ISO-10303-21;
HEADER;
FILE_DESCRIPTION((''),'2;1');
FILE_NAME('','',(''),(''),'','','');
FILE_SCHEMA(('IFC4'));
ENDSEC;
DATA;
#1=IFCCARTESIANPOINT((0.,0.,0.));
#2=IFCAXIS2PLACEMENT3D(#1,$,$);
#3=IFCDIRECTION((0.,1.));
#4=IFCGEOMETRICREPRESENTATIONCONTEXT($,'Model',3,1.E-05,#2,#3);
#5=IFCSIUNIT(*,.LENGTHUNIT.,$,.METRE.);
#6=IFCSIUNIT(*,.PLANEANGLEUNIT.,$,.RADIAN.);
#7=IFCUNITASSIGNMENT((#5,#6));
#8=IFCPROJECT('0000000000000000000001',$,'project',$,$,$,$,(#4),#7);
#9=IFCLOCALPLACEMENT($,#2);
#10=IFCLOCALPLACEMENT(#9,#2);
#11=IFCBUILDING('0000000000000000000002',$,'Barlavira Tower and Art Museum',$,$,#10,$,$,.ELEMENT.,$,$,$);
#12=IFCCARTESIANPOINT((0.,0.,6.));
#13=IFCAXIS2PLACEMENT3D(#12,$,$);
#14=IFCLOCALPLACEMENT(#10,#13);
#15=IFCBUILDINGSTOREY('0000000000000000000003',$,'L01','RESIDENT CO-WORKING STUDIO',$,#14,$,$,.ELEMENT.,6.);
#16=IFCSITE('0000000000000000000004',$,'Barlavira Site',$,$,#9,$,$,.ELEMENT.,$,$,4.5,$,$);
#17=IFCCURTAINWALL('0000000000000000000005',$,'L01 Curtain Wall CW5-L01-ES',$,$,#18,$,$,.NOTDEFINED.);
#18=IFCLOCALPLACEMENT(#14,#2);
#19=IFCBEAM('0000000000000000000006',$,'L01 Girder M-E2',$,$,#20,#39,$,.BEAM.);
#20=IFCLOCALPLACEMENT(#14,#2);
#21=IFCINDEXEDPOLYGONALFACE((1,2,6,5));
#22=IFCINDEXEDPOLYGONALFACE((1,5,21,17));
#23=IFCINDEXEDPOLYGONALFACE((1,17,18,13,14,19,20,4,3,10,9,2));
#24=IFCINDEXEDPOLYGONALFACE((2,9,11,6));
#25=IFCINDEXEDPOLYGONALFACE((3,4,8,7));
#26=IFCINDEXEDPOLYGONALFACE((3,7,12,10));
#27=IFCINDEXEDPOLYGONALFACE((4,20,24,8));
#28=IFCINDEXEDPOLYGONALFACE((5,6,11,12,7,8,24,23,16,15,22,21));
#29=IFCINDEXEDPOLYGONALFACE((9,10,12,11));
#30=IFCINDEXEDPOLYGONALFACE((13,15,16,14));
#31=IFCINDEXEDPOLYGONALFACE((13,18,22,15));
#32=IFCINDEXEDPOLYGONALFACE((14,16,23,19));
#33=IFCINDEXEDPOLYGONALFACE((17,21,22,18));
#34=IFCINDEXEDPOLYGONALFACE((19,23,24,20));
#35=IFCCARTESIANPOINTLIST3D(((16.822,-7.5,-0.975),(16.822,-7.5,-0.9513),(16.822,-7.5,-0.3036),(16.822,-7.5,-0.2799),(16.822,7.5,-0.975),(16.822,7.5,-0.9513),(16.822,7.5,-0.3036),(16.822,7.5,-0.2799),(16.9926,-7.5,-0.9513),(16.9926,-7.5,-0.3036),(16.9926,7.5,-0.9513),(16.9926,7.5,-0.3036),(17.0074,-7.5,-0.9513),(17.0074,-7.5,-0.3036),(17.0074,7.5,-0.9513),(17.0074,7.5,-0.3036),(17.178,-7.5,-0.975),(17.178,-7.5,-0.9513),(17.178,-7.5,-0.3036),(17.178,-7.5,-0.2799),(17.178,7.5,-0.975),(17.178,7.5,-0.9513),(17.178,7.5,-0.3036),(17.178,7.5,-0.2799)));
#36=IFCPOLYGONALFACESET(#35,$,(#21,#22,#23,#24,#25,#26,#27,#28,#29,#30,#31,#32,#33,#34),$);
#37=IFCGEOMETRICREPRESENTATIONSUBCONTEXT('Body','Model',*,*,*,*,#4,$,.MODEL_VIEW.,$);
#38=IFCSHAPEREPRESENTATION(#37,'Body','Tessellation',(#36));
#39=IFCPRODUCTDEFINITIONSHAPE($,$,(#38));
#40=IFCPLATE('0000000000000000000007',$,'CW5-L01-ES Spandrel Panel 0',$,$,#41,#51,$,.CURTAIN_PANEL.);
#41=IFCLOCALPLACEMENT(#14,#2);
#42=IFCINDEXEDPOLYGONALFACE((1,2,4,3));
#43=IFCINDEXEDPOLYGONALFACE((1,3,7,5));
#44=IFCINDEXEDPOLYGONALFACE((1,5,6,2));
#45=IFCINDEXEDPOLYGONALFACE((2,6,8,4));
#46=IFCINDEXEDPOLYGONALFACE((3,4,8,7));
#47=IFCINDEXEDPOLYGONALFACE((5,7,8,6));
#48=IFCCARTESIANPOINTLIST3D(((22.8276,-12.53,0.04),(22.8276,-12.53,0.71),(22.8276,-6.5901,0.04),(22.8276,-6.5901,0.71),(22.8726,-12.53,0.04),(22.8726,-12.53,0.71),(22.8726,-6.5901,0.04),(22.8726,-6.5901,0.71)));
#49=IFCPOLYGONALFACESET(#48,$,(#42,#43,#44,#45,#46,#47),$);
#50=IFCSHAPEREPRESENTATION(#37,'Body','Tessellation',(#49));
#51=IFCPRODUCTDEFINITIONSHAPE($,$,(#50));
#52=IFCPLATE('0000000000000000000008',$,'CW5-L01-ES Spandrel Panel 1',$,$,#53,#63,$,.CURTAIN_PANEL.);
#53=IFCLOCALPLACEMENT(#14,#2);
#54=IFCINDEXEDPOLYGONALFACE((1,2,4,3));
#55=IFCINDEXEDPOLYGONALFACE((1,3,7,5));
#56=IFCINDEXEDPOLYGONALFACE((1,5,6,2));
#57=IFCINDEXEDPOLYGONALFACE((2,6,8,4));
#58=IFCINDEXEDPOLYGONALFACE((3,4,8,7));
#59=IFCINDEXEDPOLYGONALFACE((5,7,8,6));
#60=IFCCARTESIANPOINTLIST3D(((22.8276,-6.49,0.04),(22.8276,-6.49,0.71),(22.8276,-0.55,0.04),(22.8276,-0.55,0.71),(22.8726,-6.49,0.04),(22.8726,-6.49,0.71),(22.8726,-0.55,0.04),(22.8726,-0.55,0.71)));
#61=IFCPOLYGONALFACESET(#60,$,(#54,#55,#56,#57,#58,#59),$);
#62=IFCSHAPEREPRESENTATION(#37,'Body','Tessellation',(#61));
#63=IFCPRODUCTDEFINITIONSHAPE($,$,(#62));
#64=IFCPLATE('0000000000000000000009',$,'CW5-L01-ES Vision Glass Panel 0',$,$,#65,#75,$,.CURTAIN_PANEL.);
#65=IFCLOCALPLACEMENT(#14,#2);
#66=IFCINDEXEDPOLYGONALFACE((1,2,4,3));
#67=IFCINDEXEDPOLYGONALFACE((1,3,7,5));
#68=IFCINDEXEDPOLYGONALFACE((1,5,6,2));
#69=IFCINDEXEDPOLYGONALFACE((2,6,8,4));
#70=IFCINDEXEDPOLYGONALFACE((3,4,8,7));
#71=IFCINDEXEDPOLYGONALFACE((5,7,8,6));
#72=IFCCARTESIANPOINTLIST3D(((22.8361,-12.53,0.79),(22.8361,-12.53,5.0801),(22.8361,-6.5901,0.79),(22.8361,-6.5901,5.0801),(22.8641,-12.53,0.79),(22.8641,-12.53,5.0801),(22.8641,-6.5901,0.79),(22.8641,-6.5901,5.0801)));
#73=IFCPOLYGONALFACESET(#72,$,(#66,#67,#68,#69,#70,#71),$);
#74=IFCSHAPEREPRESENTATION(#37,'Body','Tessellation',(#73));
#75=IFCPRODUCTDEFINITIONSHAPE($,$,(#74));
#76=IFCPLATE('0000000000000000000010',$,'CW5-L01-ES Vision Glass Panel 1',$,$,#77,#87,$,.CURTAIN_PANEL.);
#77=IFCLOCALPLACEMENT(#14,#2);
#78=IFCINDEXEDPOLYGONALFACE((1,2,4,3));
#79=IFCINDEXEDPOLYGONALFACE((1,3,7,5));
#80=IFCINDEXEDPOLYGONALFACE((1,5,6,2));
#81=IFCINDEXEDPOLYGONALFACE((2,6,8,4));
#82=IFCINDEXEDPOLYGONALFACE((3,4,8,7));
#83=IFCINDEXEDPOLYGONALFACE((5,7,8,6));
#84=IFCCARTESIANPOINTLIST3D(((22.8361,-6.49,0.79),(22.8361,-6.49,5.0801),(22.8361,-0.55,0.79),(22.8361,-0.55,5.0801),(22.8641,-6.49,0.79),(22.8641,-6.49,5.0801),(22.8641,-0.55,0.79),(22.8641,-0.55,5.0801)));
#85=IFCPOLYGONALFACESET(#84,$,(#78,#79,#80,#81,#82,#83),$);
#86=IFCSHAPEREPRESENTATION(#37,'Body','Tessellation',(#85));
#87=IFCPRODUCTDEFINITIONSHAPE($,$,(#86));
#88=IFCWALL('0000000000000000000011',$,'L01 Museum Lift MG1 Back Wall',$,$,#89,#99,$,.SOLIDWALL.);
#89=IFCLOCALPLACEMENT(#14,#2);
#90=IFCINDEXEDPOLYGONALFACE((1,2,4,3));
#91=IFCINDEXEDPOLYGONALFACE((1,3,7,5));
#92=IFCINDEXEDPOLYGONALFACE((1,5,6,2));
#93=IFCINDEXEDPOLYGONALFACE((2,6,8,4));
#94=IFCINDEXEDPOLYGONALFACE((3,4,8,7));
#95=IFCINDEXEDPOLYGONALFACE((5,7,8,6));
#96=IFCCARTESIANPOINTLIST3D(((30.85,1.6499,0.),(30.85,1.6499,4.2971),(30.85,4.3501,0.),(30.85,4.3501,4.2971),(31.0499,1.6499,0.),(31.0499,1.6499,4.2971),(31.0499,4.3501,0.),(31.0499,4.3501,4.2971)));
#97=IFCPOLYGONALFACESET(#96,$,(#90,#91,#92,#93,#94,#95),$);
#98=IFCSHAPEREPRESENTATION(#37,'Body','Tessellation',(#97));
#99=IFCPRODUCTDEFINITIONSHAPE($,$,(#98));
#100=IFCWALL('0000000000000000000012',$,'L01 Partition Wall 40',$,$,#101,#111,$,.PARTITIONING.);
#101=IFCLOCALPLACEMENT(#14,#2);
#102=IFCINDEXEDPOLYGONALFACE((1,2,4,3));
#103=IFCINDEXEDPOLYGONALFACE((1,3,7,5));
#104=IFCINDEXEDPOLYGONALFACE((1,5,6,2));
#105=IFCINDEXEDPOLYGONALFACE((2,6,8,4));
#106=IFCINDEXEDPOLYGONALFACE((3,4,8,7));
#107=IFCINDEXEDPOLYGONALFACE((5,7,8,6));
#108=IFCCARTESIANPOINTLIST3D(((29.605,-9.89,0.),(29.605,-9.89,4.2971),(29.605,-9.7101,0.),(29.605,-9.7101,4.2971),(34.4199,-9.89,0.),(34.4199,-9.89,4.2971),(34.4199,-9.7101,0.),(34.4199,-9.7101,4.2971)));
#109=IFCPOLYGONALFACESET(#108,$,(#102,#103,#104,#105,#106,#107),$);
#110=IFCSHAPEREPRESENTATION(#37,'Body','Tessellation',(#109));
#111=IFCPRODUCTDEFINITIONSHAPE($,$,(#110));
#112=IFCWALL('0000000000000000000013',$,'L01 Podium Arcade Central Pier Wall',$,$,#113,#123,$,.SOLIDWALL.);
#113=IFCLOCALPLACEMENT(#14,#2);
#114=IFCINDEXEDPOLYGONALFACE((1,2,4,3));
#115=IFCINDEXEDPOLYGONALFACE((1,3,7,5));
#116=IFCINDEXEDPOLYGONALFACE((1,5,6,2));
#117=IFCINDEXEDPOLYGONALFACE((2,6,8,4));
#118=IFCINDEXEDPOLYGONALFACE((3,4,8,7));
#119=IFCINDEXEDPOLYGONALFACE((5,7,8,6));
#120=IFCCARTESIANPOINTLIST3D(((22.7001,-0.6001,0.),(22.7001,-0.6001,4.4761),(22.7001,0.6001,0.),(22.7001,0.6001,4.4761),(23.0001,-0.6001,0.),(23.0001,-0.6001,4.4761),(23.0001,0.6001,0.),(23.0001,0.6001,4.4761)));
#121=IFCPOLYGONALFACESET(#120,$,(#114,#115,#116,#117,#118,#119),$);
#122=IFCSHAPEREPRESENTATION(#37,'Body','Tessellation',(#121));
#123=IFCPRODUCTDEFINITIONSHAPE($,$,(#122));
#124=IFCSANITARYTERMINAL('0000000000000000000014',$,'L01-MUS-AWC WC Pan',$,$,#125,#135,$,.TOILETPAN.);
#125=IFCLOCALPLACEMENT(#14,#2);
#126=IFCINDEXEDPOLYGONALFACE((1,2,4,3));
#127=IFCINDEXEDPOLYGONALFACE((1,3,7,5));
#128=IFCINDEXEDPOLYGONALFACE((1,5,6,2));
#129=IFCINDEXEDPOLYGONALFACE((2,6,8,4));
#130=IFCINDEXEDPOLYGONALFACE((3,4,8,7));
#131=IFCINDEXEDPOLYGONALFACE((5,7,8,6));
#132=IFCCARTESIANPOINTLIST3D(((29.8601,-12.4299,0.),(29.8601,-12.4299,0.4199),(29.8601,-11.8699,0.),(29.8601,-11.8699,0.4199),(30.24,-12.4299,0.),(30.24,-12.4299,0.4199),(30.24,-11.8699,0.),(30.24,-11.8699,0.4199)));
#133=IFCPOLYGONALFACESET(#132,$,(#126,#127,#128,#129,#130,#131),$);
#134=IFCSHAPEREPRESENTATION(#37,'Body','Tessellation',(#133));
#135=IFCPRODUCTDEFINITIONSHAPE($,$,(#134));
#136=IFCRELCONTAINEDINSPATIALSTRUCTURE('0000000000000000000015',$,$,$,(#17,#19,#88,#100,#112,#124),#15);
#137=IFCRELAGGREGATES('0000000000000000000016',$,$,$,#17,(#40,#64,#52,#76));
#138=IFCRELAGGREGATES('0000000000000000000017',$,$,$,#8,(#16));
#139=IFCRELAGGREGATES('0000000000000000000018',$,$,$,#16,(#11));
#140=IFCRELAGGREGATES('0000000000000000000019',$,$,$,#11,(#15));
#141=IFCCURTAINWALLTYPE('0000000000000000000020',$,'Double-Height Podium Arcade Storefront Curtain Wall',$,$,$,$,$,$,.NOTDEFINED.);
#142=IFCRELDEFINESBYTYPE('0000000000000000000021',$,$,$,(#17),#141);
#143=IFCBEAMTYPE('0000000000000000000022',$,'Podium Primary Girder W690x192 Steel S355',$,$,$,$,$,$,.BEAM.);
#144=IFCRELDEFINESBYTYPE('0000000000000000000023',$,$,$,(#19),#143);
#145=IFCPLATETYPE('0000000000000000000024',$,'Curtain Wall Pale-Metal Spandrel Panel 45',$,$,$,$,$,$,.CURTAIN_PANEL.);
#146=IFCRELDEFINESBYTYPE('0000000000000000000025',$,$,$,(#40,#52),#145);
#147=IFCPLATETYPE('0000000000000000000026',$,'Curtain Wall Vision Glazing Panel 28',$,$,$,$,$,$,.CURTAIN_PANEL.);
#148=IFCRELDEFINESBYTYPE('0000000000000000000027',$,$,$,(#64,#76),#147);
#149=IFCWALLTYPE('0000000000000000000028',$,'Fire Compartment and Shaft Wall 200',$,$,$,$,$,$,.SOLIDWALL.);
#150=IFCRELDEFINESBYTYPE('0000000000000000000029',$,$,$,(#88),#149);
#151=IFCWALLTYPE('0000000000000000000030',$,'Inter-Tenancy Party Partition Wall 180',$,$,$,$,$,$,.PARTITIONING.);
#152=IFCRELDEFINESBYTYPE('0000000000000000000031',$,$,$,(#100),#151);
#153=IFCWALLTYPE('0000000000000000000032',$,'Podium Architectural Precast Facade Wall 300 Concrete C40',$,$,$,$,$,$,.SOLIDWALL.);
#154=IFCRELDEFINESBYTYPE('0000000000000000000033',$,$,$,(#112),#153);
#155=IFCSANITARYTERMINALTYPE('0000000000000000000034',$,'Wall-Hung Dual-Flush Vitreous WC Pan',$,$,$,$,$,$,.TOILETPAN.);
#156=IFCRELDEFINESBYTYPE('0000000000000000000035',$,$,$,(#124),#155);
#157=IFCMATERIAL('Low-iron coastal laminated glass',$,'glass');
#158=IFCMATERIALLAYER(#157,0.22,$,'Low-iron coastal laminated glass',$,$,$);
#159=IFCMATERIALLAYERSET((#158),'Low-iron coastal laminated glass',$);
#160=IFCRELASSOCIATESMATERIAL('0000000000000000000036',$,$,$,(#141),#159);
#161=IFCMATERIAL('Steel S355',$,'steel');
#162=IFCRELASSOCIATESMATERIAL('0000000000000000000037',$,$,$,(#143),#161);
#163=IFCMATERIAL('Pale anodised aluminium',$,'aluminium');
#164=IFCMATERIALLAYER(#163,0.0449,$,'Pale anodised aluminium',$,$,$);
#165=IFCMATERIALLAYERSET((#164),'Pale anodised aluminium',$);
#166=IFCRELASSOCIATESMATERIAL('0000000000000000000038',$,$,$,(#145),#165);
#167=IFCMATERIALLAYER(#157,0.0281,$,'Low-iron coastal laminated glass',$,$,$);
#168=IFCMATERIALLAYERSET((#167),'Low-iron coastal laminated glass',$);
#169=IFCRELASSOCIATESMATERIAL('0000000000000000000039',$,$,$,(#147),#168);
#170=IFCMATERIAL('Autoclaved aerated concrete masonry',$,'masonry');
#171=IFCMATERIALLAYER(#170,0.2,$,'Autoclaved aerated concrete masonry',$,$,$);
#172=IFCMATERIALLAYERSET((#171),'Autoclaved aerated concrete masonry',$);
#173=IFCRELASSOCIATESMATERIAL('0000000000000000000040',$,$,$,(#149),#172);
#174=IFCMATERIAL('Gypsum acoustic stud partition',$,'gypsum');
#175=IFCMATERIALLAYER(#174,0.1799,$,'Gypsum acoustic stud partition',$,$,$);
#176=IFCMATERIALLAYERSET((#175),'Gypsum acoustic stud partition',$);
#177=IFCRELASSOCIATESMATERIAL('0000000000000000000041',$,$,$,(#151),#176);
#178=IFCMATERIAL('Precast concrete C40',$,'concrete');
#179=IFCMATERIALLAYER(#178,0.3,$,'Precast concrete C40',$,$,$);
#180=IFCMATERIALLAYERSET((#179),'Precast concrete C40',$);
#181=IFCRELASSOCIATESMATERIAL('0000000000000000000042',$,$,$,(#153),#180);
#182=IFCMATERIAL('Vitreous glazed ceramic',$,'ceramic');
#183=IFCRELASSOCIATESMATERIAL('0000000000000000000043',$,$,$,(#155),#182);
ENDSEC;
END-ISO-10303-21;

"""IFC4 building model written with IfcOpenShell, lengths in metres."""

from ifc_helpers import new_model, si_unit, direction, frame, frame_2d, origin, origin_2d, place, context, subcontext, project, spatial, rectangle, i_section, extrude, material, layer, layer_set, material_profile, profile_set, type_object, element, aggregate, save


model = new_model("IFC4")

# Units and contexts
model_context = context("Model", 3, precision=1e-05, world=origin(), true_north=direction((0.0, 1.0)))
body_context = subcontext(model_context, "Body", "Model", "MODEL_VIEW")
ifc_project = project(units=[si_unit("LENGTHUNIT", "METRE"), si_unit("PLANEANGLEUNIT", "RADIAN")], contexts=[model_context])

# Site, building, storey
site_placement = place(None, origin())
site = spatial("IfcSite", under=ifc_project, at=site_placement, Name="Barlavira Site", CompositionType="ELEMENT", RefElevation=4.5)
building_placement = place(site_placement, origin())
building = spatial("IfcBuilding", under=site, at=building_placement, Name="Barlavira Tower and Art Museum", CompositionType="ELEMENT")
storey_placement = place(building_placement, frame((0.0, 0.0, 6.0)))
storey = spatial("IfcBuildingStorey", under=building, at=storey_placement, Name="L01", Description="RESIDENT CO-WORKING STUDIO", CompositionType="ELEMENT", Elevation=6.0)

# Curtain wall
ifc_material_1 = material(Name="Low-iron coastal laminated glass", Category="glass")
ifc_layer_1 = layer(ifc_material_1, 0.22, Name="Low-iron coastal laminated glass")
ifc_layer_set_1 = layer_set([ifc_layer_1], Name="Low-iron coastal laminated glass")
curtain_wall_type = type_object("IfcCurtainWallType", Name="Double-Height Podium Arcade Storefront Curtain Wall", PredefinedType="NOTDEFINED", material=ifc_layer_set_1)
curtain_wall_1_placement = place(storey_placement, origin())
curtain_wall_1 = element("IfcCurtainWall", 1, at=curtain_wall_1_placement, inside=storey, type_object=curtain_wall_type, Name="L01 Curtain Wall CW5-L01-ES", PredefinedType="NOTDEFINED")
ifc_material_2 = material(Name="Pale anodised aluminium", Category="aluminium")

# Beam
ifc_material_3 = material(Name="Steel S355", Category="steel")
ifc_material_profile_1 = material_profile(ifc_material_3, i_section(OverallWidth=0.356, OverallDepth=0.6951, WebThickness=0.0149, FlangeThickness=0.0237, at=origin_2d()), Name="W690x192.0")
ifc_profile_set_1 = profile_set([ifc_material_profile_1], Name="Steel S355")
beam_type_1 = type_object("IfcBeamType", Name="Podium Primary Girder W690x192 Steel S355", PredefinedType="BEAM", material=ifc_profile_set_1)
beam_1_placement = place(storey_placement, frame((17.0, -7.5, -0.6274), z_axis=(0.0, 1.0, 0.0), x_axis=(-1.0, 0.0, 0.0)))
element("IfcBeam", 2, at=beam_1_placement, inside=storey, type_object=beam_type_1, Name="L01 Girder M-E2", PredefinedType="BEAM", context=body_context, shape_type="SweptSolid", body=[
    extrude(i_section(OverallWidth=0.356, OverallDepth=0.6951, WebThickness=0.0149, FlangeThickness=0.0237, at=origin_2d()), origin(), (0.0, 0.0, 1.0), 15.0),
])

# Plates
ifc_layer_2 = layer(ifc_material_2, 0.0449, Name="Pale anodised aluminium")
ifc_layer_set_2 = layer_set([ifc_layer_2], Name="Pale anodised aluminium")
plate_type_1 = type_object("IfcPlateType", Name="Curtain Wall Pale-Metal Spandrel Panel 45", PredefinedType="CURTAIN_PANEL", material=ifc_layer_set_2)
plate_1_placement = place(storey_placement, frame((22.8501, -9.5601, 0.04), z_axis=(0.0, 0.0, 1.0), x_axis=(0.0, 1.0, 0.0)))
plate_1 = element("IfcPlate", 3, at=plate_1_placement, type_object=plate_type_1, Name="CW5-L01-ES Spandrel Panel 0", PredefinedType="CURTAIN_PANEL", context=body_context, shape_type="SweptSolid", body=[
    extrude(rectangle(XDim=5.9399, YDim=0.0449, at=origin_2d()), origin(), (0.0, 0.0, 1.0), 0.6699),
])
plate_2_placement = place(storey_placement, frame((22.8501, -3.52, 0.04), z_axis=(0.0, 0.0, 1.0), x_axis=(0.0, 1.0, 0.0)))
plate_2 = element("IfcPlate", 4, at=plate_2_placement, type_object=plate_type_1, Name="CW5-L01-ES Spandrel Panel 1", PredefinedType="CURTAIN_PANEL", context=body_context, shape_type="SweptSolid", body=[
    extrude(rectangle(XDim=5.9399, YDim=0.0449, at=origin_2d()), origin(), (0.0, 0.0, 1.0), 0.6699),
])
ifc_layer_3 = layer(ifc_material_1, 0.0281, Name="Low-iron coastal laminated glass")
ifc_layer_set_3 = layer_set([ifc_layer_3], Name="Low-iron coastal laminated glass")
plate_type_2 = type_object("IfcPlateType", Name="Curtain Wall Vision Glazing Panel 28", PredefinedType="CURTAIN_PANEL", material=ifc_layer_set_3)
plate_3_placement = place(storey_placement, frame((22.8501, -9.5601, 0.79), z_axis=(0.0, 0.0, 1.0), x_axis=(0.0, 1.0, 0.0)))
plate_3 = element("IfcPlate", 5, at=plate_3_placement, type_object=plate_type_2, Name="CW5-L01-ES Vision Glass Panel 0", PredefinedType="CURTAIN_PANEL", context=body_context, shape_type="SweptSolid", body=[
    extrude(rectangle(XDim=5.9399, YDim=0.0281, at=origin_2d()), origin(), (0.0, 0.0, 1.0), 4.29),
])
plate_4_placement = place(storey_placement, frame((22.8501, -3.52, 0.79), z_axis=(0.0, 0.0, 1.0), x_axis=(0.0, 1.0, 0.0)))
plate_4 = element("IfcPlate", 6, at=plate_4_placement, type_object=plate_type_2, Name="CW5-L01-ES Vision Glass Panel 1", PredefinedType="CURTAIN_PANEL", context=body_context, shape_type="SweptSolid", body=[
    extrude(rectangle(XDim=5.9399, YDim=0.0281, at=origin_2d()), origin(), (0.0, 0.0, 1.0), 4.29),
])
aggregate(curtain_wall_1, [plate_1, plate_3, plate_2, plate_4])

# Walls
ifc_material_4 = material(Name="Autoclaved aerated concrete masonry", Category="masonry")
ifc_layer_4 = layer(ifc_material_4, 0.2, Name="Autoclaved aerated concrete masonry")
ifc_layer_set_4 = layer_set([ifc_layer_4], Name="Autoclaved aerated concrete masonry")
wall_type_1 = type_object("IfcWallType", Name="Fire Compartment and Shaft Wall 200", PredefinedType="SOLIDWALL", material=ifc_layer_set_4)
wall_1_placement = place(storey_placement, frame((30.95, 1.6499, 0.0), z_axis=(0.0, 0.0, 1.0), x_axis=(0.0, 1.0, 0.0)))
element("IfcWall", 7, at=wall_1_placement, inside=storey, type_object=wall_type_1, Name="L01 Museum Lift MG1 Back Wall", PredefinedType="SOLIDWALL", context=body_context, shape_type="SweptSolid", body=[
    extrude(rectangle(XDim=2.7002, YDim=0.2, at=frame_2d((1.3501, 0.0))), origin(), (0.0, 0.0, 1.0), 4.2971),
])
ifc_material_5 = material(Name="Gypsum acoustic stud partition", Category="gypsum")
ifc_layer_5 = layer(ifc_material_5, 0.1799, Name="Gypsum acoustic stud partition")
ifc_layer_set_5 = layer_set([ifc_layer_5], Name="Gypsum acoustic stud partition")
wall_type_2 = type_object("IfcWallType", Name="Inter-Tenancy Party Partition Wall 180", PredefinedType="PARTITIONING", material=ifc_layer_set_5)
wall_2_placement = place(storey_placement, frame((29.605, -9.8, 0.0), z_axis=(0.0, 0.0, 1.0), x_axis=(1.0, 0.0, 0.0)))
element("IfcWall", 8, at=wall_2_placement, inside=storey, type_object=wall_type_2, Name="L01 Partition Wall 40", PredefinedType="PARTITIONING", context=body_context, shape_type="SweptSolid", body=[
    extrude(rectangle(XDim=4.8149, YDim=0.1799, at=frame_2d((2.4075, 0.0))), origin(), (0.0, 0.0, 1.0), 4.2971),
])
ifc_material_6 = material(Name="Precast concrete C40", Category="concrete")
ifc_layer_6 = layer(ifc_material_6, 0.3, Name="Precast concrete C40")
ifc_layer_set_6 = layer_set([ifc_layer_6], Name="Precast concrete C40")
wall_type_3 = type_object("IfcWallType", Name="Podium Architectural Precast Facade Wall 300 Concrete C40", PredefinedType="SOLIDWALL", material=ifc_layer_set_6)
wall_3_placement = place(storey_placement, frame((22.8501, -0.6001, 0.0), z_axis=(0.0, 0.0, 1.0), x_axis=(0.0, 1.0, 0.0)))
element("IfcWall", 9, at=wall_3_placement, inside=storey, type_object=wall_type_3, Name="L01 Podium Arcade Central Pier Wall", PredefinedType="SOLIDWALL", context=body_context, shape_type="SweptSolid", body=[
    extrude(rectangle(XDim=1.2002, YDim=0.3, at=frame_2d((0.6001, 0.0))), origin(), (0.0, 0.0, 1.0), 4.4761),
])

# Sanitary terminal
ifc_material_7 = material(Name="Vitreous glazed ceramic", Category="ceramic")
sanitary_terminal_type = type_object("IfcSanitaryTerminalType", Name="Wall-Hung Dual-Flush Vitreous WC Pan", PredefinedType="TOILETPAN", material=ifc_material_7)
sanitary_terminal_placement = place(storey_placement, frame((30.05, -12.1499, 0.0), z_axis=(0.0, 0.0, 1.0), x_axis=(1.0, 0.0, 0.0)))
element("IfcSanitaryTerminal", 10, at=sanitary_terminal_placement, inside=storey, type_object=sanitary_terminal_type, Name="L01-MUS-AWC WC Pan", PredefinedType="TOILETPAN", context=body_context, shape_type="SweptSolid", body=[
    extrude(rectangle(XDim=0.3799, YDim=0.5601, at=origin_2d()), origin(), (0.0, 0.0, 1.0), 0.4199),
])

save(model, "model.ifc")
